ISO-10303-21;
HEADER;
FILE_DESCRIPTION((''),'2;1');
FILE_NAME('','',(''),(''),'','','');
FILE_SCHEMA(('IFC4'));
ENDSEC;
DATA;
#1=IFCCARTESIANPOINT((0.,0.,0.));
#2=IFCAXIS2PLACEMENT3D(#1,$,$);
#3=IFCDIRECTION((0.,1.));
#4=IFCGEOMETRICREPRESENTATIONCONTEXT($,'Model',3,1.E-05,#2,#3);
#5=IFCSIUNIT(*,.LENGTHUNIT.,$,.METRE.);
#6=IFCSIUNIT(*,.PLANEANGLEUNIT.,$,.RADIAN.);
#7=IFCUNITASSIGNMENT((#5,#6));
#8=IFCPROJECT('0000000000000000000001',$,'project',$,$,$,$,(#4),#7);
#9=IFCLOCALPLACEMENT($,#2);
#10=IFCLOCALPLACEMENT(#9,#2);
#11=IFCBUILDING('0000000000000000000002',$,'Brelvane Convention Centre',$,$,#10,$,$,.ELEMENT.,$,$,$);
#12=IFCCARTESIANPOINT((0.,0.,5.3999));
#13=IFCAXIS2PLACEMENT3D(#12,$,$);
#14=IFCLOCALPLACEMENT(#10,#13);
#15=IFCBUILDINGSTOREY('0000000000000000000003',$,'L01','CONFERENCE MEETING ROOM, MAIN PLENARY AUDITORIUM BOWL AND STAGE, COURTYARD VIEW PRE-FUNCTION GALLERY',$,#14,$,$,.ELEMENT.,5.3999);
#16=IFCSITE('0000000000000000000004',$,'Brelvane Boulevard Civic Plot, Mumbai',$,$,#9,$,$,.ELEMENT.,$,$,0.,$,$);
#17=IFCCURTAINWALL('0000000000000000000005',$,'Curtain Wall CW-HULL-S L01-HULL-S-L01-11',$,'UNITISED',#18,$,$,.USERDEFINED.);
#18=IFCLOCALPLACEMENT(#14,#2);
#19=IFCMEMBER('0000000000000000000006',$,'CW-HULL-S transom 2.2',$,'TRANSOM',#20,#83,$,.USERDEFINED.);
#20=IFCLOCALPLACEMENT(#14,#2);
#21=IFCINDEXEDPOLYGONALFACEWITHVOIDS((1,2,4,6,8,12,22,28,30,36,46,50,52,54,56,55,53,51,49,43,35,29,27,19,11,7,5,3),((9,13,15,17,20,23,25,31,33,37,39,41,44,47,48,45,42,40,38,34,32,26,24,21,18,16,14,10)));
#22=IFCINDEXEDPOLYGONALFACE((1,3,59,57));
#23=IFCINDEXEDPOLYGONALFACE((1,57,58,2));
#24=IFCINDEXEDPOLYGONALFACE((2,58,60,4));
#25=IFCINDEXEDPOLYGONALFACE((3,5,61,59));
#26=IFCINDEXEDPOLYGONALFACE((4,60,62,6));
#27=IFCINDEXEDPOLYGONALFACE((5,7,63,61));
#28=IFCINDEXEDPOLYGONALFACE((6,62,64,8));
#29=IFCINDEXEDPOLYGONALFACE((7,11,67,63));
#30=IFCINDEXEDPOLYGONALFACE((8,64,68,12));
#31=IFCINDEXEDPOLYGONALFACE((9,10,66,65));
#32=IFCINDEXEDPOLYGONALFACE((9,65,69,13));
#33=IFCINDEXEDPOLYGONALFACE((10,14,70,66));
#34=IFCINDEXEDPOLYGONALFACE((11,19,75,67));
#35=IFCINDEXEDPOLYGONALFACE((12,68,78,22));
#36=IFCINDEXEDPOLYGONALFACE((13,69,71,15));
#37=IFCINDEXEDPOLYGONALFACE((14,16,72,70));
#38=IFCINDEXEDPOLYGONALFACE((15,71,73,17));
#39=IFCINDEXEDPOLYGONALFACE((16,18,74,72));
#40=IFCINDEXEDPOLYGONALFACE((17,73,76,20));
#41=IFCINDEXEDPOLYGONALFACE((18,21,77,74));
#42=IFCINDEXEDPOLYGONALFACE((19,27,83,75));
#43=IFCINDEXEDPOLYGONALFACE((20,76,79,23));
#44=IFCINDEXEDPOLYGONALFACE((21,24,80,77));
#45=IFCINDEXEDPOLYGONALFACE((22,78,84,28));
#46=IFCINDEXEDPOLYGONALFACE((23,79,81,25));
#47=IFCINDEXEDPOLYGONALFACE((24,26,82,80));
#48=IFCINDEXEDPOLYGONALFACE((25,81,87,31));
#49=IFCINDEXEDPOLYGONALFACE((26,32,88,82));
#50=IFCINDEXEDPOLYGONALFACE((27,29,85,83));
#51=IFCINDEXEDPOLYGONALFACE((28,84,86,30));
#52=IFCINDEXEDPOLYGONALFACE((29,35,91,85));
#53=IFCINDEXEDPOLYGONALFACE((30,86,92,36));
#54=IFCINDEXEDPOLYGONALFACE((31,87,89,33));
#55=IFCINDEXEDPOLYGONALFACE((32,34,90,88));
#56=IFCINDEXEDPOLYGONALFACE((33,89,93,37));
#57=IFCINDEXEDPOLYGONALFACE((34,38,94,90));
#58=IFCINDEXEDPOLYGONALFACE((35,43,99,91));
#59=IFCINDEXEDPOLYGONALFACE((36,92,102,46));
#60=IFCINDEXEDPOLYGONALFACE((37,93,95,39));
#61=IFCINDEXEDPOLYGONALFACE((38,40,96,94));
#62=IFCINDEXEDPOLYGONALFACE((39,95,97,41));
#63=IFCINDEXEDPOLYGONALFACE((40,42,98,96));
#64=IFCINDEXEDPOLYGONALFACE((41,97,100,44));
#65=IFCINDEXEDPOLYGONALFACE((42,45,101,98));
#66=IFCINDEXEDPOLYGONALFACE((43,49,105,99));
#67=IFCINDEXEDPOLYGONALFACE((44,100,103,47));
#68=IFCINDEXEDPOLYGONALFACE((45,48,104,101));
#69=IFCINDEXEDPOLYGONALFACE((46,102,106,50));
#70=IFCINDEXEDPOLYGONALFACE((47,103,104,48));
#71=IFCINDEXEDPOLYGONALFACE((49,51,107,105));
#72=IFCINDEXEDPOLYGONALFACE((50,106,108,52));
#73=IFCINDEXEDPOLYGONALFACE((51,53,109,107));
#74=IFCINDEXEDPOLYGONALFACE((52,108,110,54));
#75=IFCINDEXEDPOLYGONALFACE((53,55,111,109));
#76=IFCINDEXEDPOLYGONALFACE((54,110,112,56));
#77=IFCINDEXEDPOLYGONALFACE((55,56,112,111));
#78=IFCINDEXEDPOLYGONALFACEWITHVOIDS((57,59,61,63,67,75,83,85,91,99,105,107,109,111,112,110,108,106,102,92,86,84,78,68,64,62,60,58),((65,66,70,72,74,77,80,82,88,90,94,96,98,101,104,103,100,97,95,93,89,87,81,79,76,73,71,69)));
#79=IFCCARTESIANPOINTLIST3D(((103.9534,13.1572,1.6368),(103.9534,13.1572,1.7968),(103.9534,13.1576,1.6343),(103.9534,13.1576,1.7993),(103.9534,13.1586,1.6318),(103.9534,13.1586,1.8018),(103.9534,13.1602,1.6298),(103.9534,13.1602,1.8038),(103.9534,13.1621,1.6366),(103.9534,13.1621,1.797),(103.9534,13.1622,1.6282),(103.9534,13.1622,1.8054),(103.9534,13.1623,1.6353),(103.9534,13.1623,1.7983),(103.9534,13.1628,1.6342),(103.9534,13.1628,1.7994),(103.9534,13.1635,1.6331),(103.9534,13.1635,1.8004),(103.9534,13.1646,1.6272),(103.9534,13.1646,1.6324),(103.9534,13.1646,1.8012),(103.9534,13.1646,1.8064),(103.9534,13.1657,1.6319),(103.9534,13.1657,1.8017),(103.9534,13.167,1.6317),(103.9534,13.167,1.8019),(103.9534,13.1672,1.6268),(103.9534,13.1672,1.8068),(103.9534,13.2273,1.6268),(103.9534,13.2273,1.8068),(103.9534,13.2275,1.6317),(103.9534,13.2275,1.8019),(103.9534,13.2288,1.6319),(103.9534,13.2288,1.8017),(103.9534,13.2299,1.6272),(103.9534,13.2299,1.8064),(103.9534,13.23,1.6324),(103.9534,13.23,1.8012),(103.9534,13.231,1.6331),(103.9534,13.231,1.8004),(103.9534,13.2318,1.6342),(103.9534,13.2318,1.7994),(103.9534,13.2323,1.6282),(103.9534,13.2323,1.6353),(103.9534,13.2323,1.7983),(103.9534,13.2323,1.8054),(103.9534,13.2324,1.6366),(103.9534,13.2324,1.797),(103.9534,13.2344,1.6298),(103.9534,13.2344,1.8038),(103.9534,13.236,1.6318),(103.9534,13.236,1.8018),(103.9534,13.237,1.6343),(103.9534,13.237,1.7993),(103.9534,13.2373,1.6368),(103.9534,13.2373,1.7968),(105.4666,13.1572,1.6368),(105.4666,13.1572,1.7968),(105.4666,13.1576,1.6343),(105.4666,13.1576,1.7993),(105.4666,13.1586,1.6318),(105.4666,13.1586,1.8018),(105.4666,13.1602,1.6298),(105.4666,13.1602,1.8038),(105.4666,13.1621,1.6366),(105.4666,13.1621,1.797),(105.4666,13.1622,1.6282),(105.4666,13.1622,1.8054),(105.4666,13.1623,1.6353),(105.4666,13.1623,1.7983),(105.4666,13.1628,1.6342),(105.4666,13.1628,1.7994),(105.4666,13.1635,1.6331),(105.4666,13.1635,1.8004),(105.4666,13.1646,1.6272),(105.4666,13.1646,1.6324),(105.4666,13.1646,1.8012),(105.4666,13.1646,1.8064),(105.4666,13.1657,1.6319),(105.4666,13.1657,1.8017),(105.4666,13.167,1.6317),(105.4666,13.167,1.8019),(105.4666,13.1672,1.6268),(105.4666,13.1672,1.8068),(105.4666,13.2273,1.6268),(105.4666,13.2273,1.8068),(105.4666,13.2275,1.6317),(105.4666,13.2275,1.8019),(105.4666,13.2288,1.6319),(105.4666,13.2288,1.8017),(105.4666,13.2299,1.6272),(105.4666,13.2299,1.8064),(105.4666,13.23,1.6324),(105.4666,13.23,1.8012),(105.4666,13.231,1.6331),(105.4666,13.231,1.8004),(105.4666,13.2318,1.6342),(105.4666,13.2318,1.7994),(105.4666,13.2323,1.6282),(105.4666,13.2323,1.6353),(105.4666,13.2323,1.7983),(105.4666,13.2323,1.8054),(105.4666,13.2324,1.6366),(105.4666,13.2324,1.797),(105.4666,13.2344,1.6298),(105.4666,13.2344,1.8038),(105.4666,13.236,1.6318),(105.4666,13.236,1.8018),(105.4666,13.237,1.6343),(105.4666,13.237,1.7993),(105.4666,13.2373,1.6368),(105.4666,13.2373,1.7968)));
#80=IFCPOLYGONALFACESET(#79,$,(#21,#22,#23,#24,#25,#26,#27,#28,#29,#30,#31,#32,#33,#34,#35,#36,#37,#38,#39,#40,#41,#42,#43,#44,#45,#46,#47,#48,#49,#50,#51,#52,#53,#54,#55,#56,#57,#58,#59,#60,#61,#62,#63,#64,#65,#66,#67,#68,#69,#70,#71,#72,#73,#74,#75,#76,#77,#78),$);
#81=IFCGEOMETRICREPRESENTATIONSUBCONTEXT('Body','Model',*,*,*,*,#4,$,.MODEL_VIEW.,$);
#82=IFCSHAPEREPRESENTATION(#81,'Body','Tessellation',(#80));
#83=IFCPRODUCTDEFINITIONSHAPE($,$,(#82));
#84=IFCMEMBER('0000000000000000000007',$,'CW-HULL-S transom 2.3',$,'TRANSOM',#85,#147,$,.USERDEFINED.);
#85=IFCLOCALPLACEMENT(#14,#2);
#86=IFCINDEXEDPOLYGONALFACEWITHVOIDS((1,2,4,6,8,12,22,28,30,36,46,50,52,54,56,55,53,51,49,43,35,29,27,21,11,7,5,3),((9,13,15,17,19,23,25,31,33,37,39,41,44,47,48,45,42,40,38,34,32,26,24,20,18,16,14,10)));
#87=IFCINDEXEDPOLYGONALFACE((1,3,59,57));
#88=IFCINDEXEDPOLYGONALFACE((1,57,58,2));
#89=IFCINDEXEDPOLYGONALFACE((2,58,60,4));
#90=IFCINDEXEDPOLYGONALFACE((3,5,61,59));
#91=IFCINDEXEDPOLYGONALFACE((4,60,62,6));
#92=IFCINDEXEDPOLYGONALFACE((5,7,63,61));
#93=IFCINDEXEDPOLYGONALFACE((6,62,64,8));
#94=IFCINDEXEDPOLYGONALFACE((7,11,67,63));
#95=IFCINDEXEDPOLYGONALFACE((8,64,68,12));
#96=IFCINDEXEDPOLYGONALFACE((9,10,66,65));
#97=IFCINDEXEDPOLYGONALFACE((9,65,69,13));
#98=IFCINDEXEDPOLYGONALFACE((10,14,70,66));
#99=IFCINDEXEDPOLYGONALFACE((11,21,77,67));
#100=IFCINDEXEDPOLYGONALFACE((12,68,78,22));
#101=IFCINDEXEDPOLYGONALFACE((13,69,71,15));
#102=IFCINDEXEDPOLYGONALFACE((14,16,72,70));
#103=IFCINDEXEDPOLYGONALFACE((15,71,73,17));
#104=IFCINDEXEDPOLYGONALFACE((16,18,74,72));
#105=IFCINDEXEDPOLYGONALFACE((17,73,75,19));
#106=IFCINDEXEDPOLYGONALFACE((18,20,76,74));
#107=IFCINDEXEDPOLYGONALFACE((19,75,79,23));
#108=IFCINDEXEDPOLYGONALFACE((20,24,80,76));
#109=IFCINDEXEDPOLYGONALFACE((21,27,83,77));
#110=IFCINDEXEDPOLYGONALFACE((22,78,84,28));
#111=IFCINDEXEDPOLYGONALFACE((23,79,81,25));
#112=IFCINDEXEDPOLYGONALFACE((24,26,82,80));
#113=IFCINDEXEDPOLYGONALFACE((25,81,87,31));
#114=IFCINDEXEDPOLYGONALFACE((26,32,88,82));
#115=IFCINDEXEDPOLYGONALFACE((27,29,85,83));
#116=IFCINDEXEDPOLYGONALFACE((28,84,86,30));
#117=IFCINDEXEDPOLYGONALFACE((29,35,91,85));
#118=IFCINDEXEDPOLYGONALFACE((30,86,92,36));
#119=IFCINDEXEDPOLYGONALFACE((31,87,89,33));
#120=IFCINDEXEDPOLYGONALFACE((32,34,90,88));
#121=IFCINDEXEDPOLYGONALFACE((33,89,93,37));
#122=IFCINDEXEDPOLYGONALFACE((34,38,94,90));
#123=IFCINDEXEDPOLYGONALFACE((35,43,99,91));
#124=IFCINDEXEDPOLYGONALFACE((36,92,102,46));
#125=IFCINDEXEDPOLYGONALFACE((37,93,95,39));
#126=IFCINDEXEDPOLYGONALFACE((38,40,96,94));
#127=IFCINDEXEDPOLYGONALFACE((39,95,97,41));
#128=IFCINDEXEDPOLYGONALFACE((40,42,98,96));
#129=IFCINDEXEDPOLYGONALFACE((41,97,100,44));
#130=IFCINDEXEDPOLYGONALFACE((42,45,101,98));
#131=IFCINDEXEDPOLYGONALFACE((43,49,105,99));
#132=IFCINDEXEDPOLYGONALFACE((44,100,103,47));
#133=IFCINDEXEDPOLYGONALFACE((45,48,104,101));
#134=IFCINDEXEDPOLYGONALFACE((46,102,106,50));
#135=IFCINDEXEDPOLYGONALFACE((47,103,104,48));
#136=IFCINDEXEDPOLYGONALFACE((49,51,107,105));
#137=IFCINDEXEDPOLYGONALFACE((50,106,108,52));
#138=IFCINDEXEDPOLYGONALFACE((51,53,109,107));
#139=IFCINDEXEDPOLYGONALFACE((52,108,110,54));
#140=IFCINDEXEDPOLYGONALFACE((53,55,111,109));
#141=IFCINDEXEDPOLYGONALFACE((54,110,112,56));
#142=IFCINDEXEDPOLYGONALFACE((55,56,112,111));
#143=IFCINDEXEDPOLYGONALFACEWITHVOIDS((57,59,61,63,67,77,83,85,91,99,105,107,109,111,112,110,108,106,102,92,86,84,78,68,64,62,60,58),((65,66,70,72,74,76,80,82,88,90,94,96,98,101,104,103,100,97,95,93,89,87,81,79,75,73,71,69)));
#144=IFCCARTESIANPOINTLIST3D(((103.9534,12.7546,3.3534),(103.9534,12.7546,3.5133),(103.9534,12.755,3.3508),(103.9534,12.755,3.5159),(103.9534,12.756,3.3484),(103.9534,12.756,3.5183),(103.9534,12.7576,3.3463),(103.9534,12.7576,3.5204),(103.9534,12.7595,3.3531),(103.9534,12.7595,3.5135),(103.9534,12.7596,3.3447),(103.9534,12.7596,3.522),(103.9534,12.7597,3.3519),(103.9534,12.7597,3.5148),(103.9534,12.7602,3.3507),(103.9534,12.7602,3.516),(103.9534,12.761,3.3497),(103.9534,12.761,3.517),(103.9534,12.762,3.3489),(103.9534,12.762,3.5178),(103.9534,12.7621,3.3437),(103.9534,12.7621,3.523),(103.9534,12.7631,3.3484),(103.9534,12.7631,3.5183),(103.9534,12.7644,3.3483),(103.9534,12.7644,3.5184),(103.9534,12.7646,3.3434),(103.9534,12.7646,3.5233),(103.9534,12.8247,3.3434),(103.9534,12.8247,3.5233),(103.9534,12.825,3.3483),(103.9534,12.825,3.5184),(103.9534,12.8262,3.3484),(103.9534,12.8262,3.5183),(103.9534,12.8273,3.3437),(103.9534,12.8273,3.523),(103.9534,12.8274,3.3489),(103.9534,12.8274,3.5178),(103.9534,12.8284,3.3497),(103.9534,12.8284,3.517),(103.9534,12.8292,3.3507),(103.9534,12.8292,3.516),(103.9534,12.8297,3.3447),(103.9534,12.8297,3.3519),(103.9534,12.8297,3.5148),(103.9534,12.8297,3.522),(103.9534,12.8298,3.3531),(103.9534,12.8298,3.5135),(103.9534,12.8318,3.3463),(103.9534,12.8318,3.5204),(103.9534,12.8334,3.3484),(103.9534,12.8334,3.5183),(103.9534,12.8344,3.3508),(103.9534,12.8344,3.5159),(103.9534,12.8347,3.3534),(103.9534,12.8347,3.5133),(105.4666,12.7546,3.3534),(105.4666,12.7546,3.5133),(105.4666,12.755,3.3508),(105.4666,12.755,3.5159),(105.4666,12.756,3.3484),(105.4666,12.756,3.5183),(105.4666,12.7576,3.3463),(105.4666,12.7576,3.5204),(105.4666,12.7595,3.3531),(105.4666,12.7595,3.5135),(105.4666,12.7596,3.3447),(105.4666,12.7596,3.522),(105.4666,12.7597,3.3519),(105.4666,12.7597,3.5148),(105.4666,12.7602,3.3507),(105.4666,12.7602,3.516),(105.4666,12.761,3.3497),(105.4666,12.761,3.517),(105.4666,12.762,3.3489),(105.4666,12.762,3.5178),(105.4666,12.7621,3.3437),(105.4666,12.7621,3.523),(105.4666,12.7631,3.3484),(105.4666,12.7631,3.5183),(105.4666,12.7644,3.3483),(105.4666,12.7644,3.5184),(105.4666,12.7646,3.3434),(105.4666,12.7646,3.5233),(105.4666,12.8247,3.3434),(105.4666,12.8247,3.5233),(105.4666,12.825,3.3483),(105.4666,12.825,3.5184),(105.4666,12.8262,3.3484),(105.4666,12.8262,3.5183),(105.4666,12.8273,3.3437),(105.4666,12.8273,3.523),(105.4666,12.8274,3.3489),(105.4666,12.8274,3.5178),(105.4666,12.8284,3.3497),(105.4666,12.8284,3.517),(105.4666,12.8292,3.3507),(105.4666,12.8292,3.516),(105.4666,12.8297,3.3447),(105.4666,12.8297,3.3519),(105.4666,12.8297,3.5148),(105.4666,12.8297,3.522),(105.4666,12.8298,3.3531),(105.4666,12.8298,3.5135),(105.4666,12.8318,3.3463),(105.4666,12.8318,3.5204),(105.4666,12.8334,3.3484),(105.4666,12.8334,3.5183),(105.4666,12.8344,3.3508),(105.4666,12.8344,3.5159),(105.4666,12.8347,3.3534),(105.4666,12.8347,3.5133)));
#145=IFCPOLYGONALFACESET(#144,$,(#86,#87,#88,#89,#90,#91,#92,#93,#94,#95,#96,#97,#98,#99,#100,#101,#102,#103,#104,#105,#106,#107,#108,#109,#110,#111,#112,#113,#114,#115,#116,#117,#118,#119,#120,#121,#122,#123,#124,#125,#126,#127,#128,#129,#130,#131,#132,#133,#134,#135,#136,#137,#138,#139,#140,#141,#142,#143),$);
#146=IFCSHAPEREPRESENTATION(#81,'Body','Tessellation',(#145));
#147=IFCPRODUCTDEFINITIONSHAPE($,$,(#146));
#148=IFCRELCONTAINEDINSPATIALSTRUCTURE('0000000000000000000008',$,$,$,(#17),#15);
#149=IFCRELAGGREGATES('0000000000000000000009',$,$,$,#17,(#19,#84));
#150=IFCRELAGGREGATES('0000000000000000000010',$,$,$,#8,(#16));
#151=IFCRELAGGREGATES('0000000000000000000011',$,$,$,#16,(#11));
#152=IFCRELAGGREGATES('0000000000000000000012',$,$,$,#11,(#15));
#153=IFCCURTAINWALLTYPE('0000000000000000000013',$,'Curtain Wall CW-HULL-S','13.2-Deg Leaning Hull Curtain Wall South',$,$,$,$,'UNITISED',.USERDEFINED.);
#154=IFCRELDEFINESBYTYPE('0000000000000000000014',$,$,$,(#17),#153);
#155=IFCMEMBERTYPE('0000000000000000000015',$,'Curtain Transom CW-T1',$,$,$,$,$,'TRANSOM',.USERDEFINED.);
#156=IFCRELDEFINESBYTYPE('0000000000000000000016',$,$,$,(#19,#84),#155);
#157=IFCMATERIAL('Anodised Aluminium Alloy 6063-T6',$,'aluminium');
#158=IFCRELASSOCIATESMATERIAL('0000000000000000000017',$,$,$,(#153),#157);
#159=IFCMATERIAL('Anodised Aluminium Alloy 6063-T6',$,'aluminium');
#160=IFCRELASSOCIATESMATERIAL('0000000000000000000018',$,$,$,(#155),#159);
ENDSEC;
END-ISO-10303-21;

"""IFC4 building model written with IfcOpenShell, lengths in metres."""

from ifc_helpers import new_model, si_unit, direction, frame, origin, origin_2d, place, context, subcontext, project, spatial, hollow_rectangle, extrude, material, material_profile, profile_set, type_object, element, aggregate, save


model = new_model("IFC4")

# Units and contexts
model_context = context("Model", 3, precision=1e-05, world=origin(), true_north=direction((0.0, 1.0)))
body_context = subcontext(model_context, "Body", "Model", "MODEL_VIEW")
ifc_project = project(units=[si_unit("LENGTHUNIT", "METRE"), si_unit("PLANEANGLEUNIT", "RADIAN")], contexts=[model_context])

# Site, building, storey
site_placement = place(None, origin())
site = spatial("IfcSite", under=ifc_project, at=site_placement, Name="Brelvane Boulevard Civic Plot, Mumbai", CompositionType="ELEMENT", RefElevation=0.0)
building_placement = place(site_placement, origin())
building = spatial("IfcBuilding", under=site, at=building_placement, Name="Brelvane Convention Centre", CompositionType="ELEMENT")
storey_placement = place(building_placement, frame((0.0, 0.0, 5.3999)))
storey = spatial("IfcBuildingStorey", under=building, at=storey_placement, Name="L01", Description="CONFERENCE MEETING ROOM, MAIN PLENARY AUDITORIUM BOWL AND STAGE, COURTYARD VIEW PRE-FUNCTION GALLERY", CompositionType="ELEMENT", Elevation=5.3999)

# Curtain wall, members
ifc_material_1 = material(Name="Anodised Aluminium Alloy 6063-T6", Category="aluminium")
curtain_wall_type = type_object("IfcCurtainWallType", Name="Curtain Wall CW-HULL-S", Description="13.2-Deg Leaning Hull Curtain Wall South", ElementType="UNITISED", PredefinedType="USERDEFINED", material=ifc_material_1)
ifc_material_2 = material(Name="Anodised Aluminium Alloy 6063-T6", Category="aluminium")
ifc_material_profile = material_profile(ifc_material_2, hollow_rectangle(XDim=0.0801, YDim=0.1799, WallThickness=0.0049, InnerFilletRadius=0.0049, OuterFilletRadius=0.01, at=origin_2d()), Name="ALU-T 180x80x5.0")
ifc_profile_set = profile_set([ifc_material_profile], Name="Anodised Aluminium Alloy 6063-T6")
member_type = type_object("IfcMemberType", Name="Curtain Transom CW-T1", ElementType="TRANSOM", PredefinedType="USERDEFINED", material=ifc_profile_set)
curtain_wall_1_placement = place(storey_placement, origin())
curtain_wall_1 = element("IfcCurtainWall", 1, at=curtain_wall_1_placement, inside=storey, type_object=curtain_wall_type, Name="Curtain Wall CW-HULL-S L01-HULL-S-L01-11", ObjectType="UNITISED", PredefinedType="USERDEFINED")
member_1_placement = place(storey_placement, frame((103.9534, 13.1973, 1.7168), z_axis=(1.0, 0.0, 0.0), x_axis=(0.0, 1.0, 0.0)))
member_1 = element("IfcMember", 2, at=member_1_placement, type_object=member_type, Name="CW-HULL-S transom 2.2", ObjectType="TRANSOM", PredefinedType="USERDEFINED", context=body_context, shape_type="SweptSolid", body=[
    extrude(hollow_rectangle(XDim=0.0801, YDim=0.1799, WallThickness=0.0049, InnerFilletRadius=0.0049, OuterFilletRadius=0.01, at=origin_2d()), origin(), (0.0, 0.0, 1.0), 1.5132),
])
member_2_placement = place(storey_placement, frame((103.9534, 12.7947, 3.4333), z_axis=(1.0, 0.0, 0.0), x_axis=(0.0, 1.0, 0.0)))
member_2 = element("IfcMember", 3, at=member_2_placement, type_object=member_type, Name="CW-HULL-S transom 2.3", ObjectType="TRANSOM", PredefinedType="USERDEFINED", context=body_context, shape_type="SweptSolid", body=[
    extrude(hollow_rectangle(XDim=0.0801, YDim=0.1799, WallThickness=0.0049, InnerFilletRadius=0.0049, OuterFilletRadius=0.01, at=origin_2d()), origin(), (0.0, 0.0, 1.0), 1.5132),
])

aggregate(curtain_wall_1, [member_1, member_2])

save(model, "model.ifc")
